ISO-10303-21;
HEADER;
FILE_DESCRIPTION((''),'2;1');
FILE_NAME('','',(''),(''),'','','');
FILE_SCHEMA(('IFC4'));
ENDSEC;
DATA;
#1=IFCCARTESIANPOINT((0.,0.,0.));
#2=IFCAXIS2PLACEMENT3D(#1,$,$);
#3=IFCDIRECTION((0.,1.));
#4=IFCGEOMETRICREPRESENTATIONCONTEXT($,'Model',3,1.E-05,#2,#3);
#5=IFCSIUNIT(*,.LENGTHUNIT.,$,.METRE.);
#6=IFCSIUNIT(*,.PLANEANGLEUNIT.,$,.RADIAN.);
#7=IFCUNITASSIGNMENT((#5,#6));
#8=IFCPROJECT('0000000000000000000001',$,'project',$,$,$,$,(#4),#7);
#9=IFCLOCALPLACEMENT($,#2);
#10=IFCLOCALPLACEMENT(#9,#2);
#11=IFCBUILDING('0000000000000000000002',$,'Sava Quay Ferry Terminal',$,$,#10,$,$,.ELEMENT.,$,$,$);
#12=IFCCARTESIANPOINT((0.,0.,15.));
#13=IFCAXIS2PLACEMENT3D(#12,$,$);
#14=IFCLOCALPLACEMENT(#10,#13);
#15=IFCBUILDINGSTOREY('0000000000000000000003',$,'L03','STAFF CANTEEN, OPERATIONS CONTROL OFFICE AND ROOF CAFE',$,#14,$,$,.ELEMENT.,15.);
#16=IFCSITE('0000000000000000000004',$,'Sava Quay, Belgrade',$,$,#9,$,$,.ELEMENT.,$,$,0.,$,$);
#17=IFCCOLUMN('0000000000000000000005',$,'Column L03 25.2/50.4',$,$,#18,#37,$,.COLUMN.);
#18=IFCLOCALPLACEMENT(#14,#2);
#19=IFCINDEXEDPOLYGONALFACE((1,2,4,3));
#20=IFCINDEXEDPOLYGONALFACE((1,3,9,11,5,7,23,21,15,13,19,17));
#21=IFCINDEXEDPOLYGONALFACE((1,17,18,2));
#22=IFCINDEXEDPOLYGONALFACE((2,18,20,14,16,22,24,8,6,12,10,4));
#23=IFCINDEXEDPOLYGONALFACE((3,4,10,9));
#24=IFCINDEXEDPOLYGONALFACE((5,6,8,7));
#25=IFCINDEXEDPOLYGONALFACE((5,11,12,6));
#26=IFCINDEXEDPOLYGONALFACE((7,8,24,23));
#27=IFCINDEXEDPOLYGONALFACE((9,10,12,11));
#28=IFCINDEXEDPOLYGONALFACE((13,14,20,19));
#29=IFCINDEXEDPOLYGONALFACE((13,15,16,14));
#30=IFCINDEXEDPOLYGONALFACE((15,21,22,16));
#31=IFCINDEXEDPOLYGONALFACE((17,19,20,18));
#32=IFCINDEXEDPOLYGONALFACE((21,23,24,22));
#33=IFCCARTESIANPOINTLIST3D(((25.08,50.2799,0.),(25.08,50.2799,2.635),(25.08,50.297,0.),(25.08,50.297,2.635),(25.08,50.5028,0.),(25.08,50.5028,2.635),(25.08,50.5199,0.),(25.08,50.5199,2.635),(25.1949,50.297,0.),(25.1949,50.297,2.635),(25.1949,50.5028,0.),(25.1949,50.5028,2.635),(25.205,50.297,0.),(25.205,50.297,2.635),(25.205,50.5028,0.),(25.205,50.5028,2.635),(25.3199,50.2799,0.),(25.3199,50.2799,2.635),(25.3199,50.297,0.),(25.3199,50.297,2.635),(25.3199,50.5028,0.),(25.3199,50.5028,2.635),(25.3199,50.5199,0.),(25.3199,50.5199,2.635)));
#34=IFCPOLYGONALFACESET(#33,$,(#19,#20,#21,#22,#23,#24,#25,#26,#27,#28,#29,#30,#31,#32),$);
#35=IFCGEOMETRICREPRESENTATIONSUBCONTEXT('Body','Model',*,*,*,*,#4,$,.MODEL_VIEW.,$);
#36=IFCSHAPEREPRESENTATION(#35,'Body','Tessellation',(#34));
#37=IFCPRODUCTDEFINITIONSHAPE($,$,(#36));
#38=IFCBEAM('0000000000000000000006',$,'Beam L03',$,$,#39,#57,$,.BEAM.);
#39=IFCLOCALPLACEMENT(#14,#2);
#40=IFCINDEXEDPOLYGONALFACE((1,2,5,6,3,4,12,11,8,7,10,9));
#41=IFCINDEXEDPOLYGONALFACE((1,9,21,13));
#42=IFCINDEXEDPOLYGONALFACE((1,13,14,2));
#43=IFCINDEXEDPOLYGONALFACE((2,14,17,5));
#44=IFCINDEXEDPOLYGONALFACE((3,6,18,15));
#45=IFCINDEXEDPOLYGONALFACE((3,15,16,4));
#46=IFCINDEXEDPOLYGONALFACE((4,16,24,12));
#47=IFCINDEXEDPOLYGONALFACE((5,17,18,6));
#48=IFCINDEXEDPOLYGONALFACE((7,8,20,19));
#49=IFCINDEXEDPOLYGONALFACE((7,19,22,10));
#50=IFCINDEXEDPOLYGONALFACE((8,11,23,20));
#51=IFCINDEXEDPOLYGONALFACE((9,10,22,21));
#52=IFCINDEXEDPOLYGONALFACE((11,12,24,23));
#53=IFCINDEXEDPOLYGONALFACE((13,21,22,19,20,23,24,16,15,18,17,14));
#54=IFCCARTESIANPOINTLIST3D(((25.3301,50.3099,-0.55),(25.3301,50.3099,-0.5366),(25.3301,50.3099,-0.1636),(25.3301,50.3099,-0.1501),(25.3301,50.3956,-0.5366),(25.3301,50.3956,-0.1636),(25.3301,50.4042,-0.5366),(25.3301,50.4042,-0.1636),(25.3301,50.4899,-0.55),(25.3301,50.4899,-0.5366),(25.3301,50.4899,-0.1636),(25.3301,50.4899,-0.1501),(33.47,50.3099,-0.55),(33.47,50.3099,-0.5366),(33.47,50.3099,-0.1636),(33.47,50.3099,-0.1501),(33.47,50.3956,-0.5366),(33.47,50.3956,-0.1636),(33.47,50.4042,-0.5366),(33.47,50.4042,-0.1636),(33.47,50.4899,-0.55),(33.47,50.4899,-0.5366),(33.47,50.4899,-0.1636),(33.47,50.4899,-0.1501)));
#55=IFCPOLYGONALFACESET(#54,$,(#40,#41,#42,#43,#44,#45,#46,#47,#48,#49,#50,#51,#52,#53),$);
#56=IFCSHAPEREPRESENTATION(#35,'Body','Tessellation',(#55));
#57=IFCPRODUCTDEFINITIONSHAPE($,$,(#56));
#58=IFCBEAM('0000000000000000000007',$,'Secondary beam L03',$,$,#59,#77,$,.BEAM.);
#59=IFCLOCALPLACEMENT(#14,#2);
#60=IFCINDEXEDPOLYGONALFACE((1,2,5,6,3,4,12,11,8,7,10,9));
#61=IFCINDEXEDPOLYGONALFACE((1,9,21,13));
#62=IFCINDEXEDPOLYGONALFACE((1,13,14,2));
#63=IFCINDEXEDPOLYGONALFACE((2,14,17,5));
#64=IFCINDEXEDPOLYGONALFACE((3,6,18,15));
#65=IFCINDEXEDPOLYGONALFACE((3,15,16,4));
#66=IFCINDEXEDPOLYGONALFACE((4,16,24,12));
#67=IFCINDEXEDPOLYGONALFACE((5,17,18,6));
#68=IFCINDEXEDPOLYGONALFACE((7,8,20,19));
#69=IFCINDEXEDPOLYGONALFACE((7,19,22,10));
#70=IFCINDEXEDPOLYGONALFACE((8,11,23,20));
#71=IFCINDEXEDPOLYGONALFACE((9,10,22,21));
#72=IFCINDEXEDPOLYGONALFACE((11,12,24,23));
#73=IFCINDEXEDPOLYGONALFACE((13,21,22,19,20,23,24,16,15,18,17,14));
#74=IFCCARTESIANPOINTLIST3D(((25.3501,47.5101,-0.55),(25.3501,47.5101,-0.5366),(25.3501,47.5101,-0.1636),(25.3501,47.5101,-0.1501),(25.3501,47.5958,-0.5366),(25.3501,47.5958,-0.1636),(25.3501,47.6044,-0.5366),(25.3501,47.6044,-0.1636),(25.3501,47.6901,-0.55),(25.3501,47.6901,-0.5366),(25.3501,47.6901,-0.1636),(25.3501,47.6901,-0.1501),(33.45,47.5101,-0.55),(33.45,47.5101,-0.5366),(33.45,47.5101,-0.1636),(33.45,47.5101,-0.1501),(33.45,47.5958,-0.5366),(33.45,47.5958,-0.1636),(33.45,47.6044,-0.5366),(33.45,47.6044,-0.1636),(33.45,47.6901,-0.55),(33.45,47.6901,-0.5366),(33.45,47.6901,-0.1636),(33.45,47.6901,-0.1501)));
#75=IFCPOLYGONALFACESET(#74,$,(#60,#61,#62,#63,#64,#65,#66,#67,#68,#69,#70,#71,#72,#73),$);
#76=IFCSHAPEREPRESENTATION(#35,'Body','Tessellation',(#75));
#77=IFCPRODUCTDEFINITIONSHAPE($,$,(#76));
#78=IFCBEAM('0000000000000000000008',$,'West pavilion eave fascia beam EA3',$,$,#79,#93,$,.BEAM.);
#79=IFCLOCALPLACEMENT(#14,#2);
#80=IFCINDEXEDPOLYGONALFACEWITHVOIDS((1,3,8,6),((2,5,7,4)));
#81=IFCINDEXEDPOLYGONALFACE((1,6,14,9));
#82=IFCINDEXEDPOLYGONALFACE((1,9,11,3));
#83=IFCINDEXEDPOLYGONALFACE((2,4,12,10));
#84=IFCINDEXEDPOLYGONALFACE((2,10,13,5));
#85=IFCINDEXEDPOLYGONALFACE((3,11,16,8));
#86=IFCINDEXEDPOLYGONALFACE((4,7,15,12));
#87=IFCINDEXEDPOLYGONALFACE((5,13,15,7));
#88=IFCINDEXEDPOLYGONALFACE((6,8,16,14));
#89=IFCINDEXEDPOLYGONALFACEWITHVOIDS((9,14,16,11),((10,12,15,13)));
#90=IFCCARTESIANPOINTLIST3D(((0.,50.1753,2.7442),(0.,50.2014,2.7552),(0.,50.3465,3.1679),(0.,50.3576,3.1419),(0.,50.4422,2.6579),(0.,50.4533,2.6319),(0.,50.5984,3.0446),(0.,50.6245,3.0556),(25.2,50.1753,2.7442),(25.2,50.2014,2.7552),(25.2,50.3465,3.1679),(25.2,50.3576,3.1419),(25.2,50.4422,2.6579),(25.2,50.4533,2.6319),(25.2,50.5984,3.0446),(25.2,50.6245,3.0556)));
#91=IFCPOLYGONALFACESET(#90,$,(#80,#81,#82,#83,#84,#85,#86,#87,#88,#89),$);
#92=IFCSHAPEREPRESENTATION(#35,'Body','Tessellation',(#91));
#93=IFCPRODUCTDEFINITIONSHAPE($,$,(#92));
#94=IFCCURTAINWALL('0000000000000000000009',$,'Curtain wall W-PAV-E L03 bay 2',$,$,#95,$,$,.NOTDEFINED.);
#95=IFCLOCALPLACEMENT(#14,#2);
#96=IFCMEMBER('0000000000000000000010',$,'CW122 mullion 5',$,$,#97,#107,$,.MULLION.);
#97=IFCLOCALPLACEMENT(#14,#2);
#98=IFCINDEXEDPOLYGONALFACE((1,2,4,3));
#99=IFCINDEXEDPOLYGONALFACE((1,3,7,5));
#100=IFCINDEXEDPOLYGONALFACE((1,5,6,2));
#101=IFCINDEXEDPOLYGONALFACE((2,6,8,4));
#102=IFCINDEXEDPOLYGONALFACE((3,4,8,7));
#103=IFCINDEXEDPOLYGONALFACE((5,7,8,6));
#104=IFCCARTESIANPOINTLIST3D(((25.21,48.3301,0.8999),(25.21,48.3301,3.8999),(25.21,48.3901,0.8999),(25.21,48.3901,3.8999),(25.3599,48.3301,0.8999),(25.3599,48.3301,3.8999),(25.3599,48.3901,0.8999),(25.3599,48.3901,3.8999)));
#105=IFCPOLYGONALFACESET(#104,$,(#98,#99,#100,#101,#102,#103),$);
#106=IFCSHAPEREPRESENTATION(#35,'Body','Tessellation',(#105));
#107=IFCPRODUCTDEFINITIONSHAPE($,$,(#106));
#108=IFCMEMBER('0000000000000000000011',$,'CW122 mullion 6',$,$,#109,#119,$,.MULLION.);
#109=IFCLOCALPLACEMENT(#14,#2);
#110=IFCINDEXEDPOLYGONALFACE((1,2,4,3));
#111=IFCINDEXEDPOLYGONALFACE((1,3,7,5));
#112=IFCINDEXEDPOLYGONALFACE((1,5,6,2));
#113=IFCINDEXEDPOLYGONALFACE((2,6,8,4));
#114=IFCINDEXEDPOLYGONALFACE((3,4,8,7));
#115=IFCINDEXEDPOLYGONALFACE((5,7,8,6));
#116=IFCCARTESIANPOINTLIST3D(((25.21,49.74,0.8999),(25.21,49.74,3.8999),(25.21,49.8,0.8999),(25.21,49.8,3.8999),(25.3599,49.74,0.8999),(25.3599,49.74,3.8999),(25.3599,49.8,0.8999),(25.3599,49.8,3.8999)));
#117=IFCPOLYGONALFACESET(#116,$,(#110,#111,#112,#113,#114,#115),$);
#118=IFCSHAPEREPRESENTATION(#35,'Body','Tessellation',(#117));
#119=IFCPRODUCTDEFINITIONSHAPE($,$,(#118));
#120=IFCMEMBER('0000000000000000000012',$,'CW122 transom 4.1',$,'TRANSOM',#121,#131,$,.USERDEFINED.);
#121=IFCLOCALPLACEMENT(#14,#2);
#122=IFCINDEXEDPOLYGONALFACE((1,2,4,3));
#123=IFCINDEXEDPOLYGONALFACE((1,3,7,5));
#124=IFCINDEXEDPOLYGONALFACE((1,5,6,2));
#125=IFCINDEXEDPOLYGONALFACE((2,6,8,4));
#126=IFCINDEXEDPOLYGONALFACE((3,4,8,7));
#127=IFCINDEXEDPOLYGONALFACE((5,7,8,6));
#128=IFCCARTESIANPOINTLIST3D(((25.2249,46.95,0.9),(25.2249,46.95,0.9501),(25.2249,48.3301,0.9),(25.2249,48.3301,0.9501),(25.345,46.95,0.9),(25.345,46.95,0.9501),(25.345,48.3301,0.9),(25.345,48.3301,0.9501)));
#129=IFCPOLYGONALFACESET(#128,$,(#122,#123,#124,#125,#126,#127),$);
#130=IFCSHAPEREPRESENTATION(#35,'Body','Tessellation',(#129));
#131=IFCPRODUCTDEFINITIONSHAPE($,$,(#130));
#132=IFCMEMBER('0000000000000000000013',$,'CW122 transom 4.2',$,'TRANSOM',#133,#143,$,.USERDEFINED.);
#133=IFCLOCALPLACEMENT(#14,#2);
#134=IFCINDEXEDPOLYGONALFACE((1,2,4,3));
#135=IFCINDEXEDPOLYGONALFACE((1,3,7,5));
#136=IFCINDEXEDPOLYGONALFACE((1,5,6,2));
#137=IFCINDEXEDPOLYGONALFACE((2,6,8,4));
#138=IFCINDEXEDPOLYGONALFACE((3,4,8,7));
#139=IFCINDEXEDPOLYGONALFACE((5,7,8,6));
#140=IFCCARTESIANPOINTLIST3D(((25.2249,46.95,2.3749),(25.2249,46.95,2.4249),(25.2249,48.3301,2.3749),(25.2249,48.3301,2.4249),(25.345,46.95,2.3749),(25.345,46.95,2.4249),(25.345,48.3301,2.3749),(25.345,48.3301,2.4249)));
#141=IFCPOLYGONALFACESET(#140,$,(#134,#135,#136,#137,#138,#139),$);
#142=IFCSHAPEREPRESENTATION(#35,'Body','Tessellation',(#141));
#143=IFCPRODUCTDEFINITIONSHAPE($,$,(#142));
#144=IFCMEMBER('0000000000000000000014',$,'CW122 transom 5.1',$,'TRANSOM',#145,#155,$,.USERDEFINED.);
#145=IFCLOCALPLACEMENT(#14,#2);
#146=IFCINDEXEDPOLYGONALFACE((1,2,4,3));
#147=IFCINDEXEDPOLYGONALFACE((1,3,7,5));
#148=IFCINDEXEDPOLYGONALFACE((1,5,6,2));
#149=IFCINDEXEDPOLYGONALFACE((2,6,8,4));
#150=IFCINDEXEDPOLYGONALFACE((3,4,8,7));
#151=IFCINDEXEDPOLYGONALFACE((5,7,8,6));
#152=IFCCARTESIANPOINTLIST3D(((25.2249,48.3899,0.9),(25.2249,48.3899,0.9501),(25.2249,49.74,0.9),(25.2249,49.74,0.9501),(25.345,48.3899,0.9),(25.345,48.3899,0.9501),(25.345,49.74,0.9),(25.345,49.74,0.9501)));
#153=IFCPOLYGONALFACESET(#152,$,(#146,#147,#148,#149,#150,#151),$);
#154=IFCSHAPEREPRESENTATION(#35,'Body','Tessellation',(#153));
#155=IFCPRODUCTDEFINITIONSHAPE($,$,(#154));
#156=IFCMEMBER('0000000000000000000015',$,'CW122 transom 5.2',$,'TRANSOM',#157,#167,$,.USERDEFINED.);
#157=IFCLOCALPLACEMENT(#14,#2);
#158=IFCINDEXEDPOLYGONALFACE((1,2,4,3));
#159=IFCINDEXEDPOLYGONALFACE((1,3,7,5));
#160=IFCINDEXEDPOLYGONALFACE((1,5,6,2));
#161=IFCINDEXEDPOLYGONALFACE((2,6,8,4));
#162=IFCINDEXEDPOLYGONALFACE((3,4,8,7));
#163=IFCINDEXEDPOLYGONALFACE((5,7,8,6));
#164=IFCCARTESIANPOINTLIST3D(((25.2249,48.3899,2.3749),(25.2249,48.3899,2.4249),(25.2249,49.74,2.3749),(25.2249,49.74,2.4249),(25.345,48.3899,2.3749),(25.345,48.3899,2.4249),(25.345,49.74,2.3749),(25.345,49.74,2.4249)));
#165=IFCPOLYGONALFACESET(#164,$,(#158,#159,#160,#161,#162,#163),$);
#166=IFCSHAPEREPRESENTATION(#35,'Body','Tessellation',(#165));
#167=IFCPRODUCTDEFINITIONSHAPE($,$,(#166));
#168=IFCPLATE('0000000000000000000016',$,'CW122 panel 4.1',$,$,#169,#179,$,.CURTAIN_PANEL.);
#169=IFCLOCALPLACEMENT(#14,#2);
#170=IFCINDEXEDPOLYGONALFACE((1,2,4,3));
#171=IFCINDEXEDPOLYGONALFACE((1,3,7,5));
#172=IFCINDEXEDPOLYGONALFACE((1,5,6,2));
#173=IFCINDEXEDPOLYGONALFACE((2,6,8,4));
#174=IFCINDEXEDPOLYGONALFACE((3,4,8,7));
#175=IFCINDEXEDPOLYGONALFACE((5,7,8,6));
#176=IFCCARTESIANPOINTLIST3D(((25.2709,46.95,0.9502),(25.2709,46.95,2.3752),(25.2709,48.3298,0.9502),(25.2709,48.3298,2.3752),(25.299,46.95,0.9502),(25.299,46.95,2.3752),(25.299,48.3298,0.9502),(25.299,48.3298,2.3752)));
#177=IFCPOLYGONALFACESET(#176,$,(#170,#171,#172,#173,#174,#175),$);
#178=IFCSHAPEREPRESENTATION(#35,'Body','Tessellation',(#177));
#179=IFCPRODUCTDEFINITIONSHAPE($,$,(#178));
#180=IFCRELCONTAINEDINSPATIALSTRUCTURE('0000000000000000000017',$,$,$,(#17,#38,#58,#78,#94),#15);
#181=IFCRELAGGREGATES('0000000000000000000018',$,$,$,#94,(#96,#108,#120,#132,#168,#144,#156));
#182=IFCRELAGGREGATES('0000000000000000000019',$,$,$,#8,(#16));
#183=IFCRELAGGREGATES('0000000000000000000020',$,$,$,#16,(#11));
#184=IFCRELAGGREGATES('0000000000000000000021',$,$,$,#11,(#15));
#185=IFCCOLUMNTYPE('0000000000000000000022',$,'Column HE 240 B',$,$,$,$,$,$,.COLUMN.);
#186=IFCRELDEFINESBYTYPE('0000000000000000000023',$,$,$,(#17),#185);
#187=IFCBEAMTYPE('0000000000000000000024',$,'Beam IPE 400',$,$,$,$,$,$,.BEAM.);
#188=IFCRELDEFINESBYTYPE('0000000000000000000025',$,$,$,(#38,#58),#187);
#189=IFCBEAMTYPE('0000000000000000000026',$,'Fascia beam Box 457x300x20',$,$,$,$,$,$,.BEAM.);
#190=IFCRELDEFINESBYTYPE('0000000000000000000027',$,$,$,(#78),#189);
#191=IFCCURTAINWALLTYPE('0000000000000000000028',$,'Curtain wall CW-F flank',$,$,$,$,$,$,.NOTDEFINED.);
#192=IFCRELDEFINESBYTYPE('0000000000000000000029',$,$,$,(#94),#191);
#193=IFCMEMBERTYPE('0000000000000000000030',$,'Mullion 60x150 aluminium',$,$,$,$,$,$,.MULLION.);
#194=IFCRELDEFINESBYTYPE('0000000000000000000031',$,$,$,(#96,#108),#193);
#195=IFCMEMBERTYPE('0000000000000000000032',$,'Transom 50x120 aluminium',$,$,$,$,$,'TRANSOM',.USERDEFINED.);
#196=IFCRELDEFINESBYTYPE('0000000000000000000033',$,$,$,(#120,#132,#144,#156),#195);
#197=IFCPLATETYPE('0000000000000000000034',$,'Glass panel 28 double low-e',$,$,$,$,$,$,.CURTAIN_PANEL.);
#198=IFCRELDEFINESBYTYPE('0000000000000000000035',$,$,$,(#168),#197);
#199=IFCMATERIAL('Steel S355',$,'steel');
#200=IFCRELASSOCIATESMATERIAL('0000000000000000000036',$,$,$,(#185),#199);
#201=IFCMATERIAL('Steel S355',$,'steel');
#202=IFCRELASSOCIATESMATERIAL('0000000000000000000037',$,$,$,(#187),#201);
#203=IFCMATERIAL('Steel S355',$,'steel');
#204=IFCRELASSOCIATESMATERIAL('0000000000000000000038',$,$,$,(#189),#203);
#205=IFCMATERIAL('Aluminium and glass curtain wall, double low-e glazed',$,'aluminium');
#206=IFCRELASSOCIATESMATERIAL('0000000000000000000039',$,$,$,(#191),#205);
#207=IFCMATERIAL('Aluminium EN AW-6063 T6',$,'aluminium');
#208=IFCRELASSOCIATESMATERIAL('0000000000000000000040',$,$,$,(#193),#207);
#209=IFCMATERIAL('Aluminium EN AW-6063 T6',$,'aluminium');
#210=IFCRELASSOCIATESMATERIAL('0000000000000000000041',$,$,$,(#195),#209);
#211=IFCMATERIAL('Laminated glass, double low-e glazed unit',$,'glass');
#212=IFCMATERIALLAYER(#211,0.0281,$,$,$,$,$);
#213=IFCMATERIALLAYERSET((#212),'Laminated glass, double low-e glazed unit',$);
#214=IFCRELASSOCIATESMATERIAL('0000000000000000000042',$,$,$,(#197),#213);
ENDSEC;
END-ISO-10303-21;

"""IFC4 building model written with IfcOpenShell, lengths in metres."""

from ifc_helpers import new_model, si_unit, direction, frame, origin, origin_2d, place, context, subcontext, project, spatial, polyline, rectangle, i_section, outline, extrude, material, layer, layer_set, material_profile, profile_set, type_object, element, aggregate, save


model = new_model("IFC4")

# Units and contexts
model_context = context("Model", 3, precision=1e-05, world=origin(), true_north=direction((0.0, 1.0)))
body_context = subcontext(model_context, "Body", "Model", "MODEL_VIEW")
ifc_project = project(units=[si_unit("LENGTHUNIT", "METRE"), si_unit("PLANEANGLEUNIT", "RADIAN")], contexts=[model_context])

# Site, building, storey
site_placement = place(None, origin())
site = spatial("IfcSite", under=ifc_project, at=site_placement, Name="Sava Quay, Belgrade", CompositionType="ELEMENT", RefElevation=0.0)
building_placement = place(site_placement, origin())
building = spatial("IfcBuilding", under=site, at=building_placement, Name="Sava Quay Ferry Terminal", CompositionType="ELEMENT")
storey_placement = place(building_placement, frame((0.0, 0.0, 15.0)))
storey = spatial("IfcBuildingStorey", under=building, at=storey_placement, Name="L03", Description="STAFF CANTEEN, OPERATIONS CONTROL OFFICE AND ROOF CAFE", CompositionType="ELEMENT", Elevation=15.0)

# Column
ifc_material_1 = material(Name="Steel S355", Category="steel")
ifc_material_profile_1 = material_profile(ifc_material_1, i_section(OverallWidth=0.24, OverallDepth=0.24, WebThickness=0.01, FlangeThickness=0.0171, at=origin_2d()), Name="HE 240 B")
ifc_profile_set_1 = profile_set([ifc_material_profile_1], Name="Steel S355")
column_type = type_object("IfcColumnType", Name="Column HE 240 B", PredefinedType="COLUMN", material=ifc_profile_set_1)
column_placement = place(storey_placement, frame((25.2, 50.3999, 0.0), z_axis=(0.0, 0.0, 1.0), x_axis=(1.0, 0.0, 0.0)))
element("IfcColumn", 1, at=column_placement, inside=storey, type_object=column_type, Name="Column L03 25.2/50.4", PredefinedType="COLUMN", context=body_context, shape_type="SweptSolid", body=[
    extrude(i_section(OverallWidth=0.24, OverallDepth=0.24, WebThickness=0.01, FlangeThickness=0.0171, at=origin_2d()), origin(), (0.0, 0.0, 1.0), 2.635),
])

# Beams
ifc_material_2 = material(Name="Steel S355", Category="steel")
ifc_material_profile_2 = material_profile(ifc_material_2, i_section(OverallWidth=0.1799, OverallDepth=0.3999, WebThickness=0.0085, FlangeThickness=0.0134, at=origin_2d()), Name="IPE 400")
ifc_profile_set_2 = profile_set([ifc_material_profile_2], Name="Steel S355")
beam_type_1 = type_object("IfcBeamType", Name="Beam IPE 400", PredefinedType="BEAM", material=ifc_profile_set_2)
beam_1_placement = place(storey_placement, frame((25.3301, 50.3999, -0.3501), z_axis=(1.0, 0.0, 0.0), x_axis=(0.0, 1.0, 0.0)))
element("IfcBeam", 2, at=beam_1_placement, inside=storey, type_object=beam_type_1, Name="Beam L03", PredefinedType="BEAM", context=body_context, shape_type="SweptSolid", body=[
    extrude(i_section(OverallWidth=0.1799, OverallDepth=0.3999, WebThickness=0.0085, FlangeThickness=0.0134, at=origin_2d()), origin(), (0.0, 0.0, 1.0), 8.1399),
])
beam_2_placement = place(storey_placement, frame((25.3501, 47.6001, -0.3501), z_axis=(1.0, 0.0, 0.0), x_axis=(0.0, 1.0, 0.0)))
element("IfcBeam", 3, at=beam_2_placement, inside=storey, type_object=beam_type_1, Name="Secondary beam L03", PredefinedType="BEAM", context=body_context, shape_type="SweptSolid", body=[
    extrude(i_section(OverallWidth=0.1799, OverallDepth=0.3999, WebThickness=0.0085, FlangeThickness=0.0134, at=origin_2d()), origin(), (0.0, 0.0, 1.0), 8.0999),
])
ifc_material_3 = material(Name="Steel S355", Category="steel")
ifc_material_profile_3 = material_profile(ifc_material_3, outline(polyline([(-0.1499, -0.2285), (0.1499, -0.2285), (0.1499, 0.2285), (-0.1499, 0.2285), (-0.1499, -0.2285)]), holes=[polyline([(-0.1299, -0.2085), (-0.1299, 0.2085), (0.1299, 0.2085), (0.1299, -0.2085), (-0.1299, -0.2085)])]), Name="Box 457x300x20 built-up")
ifc_profile_set_3 = profile_set([ifc_material_profile_3], Name="Steel S355")
beam_type_2 = type_object("IfcBeamType", Name="Fascia beam Box 457x300x20", PredefinedType="BEAM", material=ifc_profile_set_3)
beam_3_placement = place(storey_placement, frame((25.2, 50.3999, 2.8999), z_axis=(-1.0, 0.0, 0.0), x_axis=(0.0, -0.927184, 0.374607)))
element("IfcBeam", 4, at=beam_3_placement, inside=storey, type_object=beam_type_2, Name="West pavilion eave fascia beam EA3", PredefinedType="BEAM", context=body_context, shape_type="SweptSolid", body=[
    extrude(outline(polyline([(-0.1499, -0.2285), (0.1499, -0.2285), (0.1499, 0.2285), (-0.1499, 0.2285), (-0.1499, -0.2285)]), holes=[polyline([(-0.1299, -0.2085), (-0.1299, 0.2085), (0.1299, 0.2085), (0.1299, -0.2085), (-0.1299, -0.2085)])]), origin(), (0.0, 0.0, 1.0), 25.2),
])

# Curtain wall, members, plate
ifc_material_4 = material(Name="Aluminium and glass curtain wall, double low-e glazed", Category="aluminium")
curtain_wall_type = type_object("IfcCurtainWallType", Name="Curtain wall CW-F flank", PredefinedType="NOTDEFINED", material=ifc_material_4)
curtain_wall_placement = place(storey_placement, origin())
curtain_wall = element("IfcCurtainWall", 5, at=curtain_wall_placement, inside=storey, type_object=curtain_wall_type, Name="Curtain wall W-PAV-E L03 bay 2", PredefinedType="NOTDEFINED")
ifc_material_5 = material(Name="Aluminium EN AW-6063 T6", Category="aluminium")
ifc_material_profile_4 = material_profile(ifc_material_5, rectangle(XDim=0.1499, YDim=0.0601, at=origin_2d()), Name="Mullion 60x150 aluminium")
ifc_profile_set_4 = profile_set([ifc_material_profile_4], Name="Aluminium EN AW-6063 T6")
member_type_1 = type_object("IfcMemberType", Name="Mullion 60x150 aluminium", PredefinedType="MULLION", material=ifc_profile_set_4)
member_1_placement = place(storey_placement, frame((25.2849, 48.3601, 0.8999), z_axis=(0.0, 0.0, 1.0), x_axis=(-1.0, 0.0, 0.0)))
member_1 = element("IfcMember", 6, at=member_1_placement, type_object=member_type_1, Name="CW122 mullion 5", PredefinedType="MULLION", context=body_context, shape_type="SweptSolid", body=[
    extrude(rectangle(XDim=0.1499, YDim=0.0601, at=origin_2d()), origin(), (0.0, 0.0, 1.0), 3.0),
])
member_2_placement = place(storey_placement, frame((25.2849, 49.77, 0.8999), z_axis=(0.0, 0.0, 1.0), x_axis=(-1.0, 0.0, 0.0)))
member_2 = element("IfcMember", 7, at=member_2_placement, type_object=member_type_1, Name="CW122 mullion 6", PredefinedType="MULLION", context=body_context, shape_type="SweptSolid", body=[
    extrude(rectangle(XDim=0.1499, YDim=0.0601, at=origin_2d()), origin(), (0.0, 0.0, 1.0), 3.0),
])
ifc_material_6 = material(Name="Aluminium EN AW-6063 T6", Category="aluminium")
ifc_material_profile_5 = material_profile(ifc_material_6, rectangle(XDim=0.1201, YDim=0.05, at=origin_2d()), Name="Transom 50x120 aluminium")
ifc_profile_set_5 = profile_set([ifc_material_profile_5], Name="Aluminium EN AW-6063 T6")
member_type_2 = type_object("IfcMemberType", Name="Transom 50x120 aluminium", ElementType="TRANSOM", PredefinedType="USERDEFINED", material=ifc_profile_set_5)
member_3_placement = place(storey_placement, frame((25.2849, 46.95, 0.925), z_axis=(0.0, 1.0, 0.0), x_axis=(-1.0, 0.0, 0.0)))
member_3 = element("IfcMember", 8, at=member_3_placement, type_object=member_type_2, Name="CW122 transom 4.1", ObjectType="TRANSOM", PredefinedType="USERDEFINED", context=body_context, shape_type="SweptSolid", body=[
    extrude(rectangle(XDim=0.1201, YDim=0.05, at=origin_2d()), origin(), (0.0, 0.0, 1.0), 1.3801),
])
member_4_placement = place(storey_placement, frame((25.2849, 46.95, 2.3999), z_axis=(0.0, 1.0, 0.0), x_axis=(-1.0, 0.0, 0.0)))
member_4 = element("IfcMember", 9, at=member_4_placement, type_object=member_type_2, Name="CW122 transom 4.2", ObjectType="TRANSOM", PredefinedType="USERDEFINED", context=body_context, shape_type="SweptSolid", body=[
    extrude(rectangle(XDim=0.1201, YDim=0.05, at=origin_2d()), origin(), (0.0, 0.0, 1.0), 1.3801),
])
member_5_placement = place(storey_placement, frame((25.2849, 48.3899, 0.925), z_axis=(0.0, 1.0, 0.0), x_axis=(-1.0, 0.0, 0.0)))
member_5 = element("IfcMember", 10, at=member_5_placement, type_object=member_type_2, Name="CW122 transom 5.1", ObjectType="TRANSOM", PredefinedType="USERDEFINED", context=body_context, shape_type="SweptSolid", body=[
    extrude(rectangle(XDim=0.1201, YDim=0.05, at=origin_2d()), origin(), (0.0, 0.0, 1.0), 1.3501),
])
member_6_placement = place(storey_placement, frame((25.2849, 48.3899, 2.3999), z_axis=(0.0, 1.0, 0.0), x_axis=(-1.0, 0.0, 0.0)))
member_6 = element("IfcMember", 11, at=member_6_placement, type_object=member_type_2, Name="CW122 transom 5.2", ObjectType="TRANSOM", PredefinedType="USERDEFINED", context=body_context, shape_type="SweptSolid", body=[
    extrude(rectangle(XDim=0.1201, YDim=0.05, at=origin_2d()), origin(), (0.0, 0.0, 1.0), 1.3501),
])
ifc_material_7 = material(Name="Laminated glass, double low-e glazed unit", Category="glass")
ifc_layer_1 = layer(ifc_material_7, 0.0281)
ifc_layer_set_1 = layer_set([ifc_layer_1], Name="Laminated glass, double low-e glazed unit")
plate_type = type_object("IfcPlateType", Name="Glass panel 28 double low-e", PredefinedType="CURTAIN_PANEL", material=ifc_layer_set_1)
plate_1_placement = place(storey_placement, frame((25.2849, 47.6399, 0.9502), z_axis=(0.0, 0.0, 1.0), x_axis=(0.0, 1.0, 0.0)))
plate_1 = element("IfcPlate", 12, at=plate_1_placement, type_object=plate_type, Name="CW122 panel 4.1", PredefinedType="CURTAIN_PANEL", context=body_context, shape_type="SweptSolid", body=[
    extrude(rectangle(XDim=1.3799, YDim=0.0281, at=origin_2d()), origin(), (0.0, 0.0, 1.0), 1.425),
])
aggregate(curtain_wall, [member_1, member_2, member_3, member_4, plate_1, member_5, member_6])

save(model, "model.ifc")
